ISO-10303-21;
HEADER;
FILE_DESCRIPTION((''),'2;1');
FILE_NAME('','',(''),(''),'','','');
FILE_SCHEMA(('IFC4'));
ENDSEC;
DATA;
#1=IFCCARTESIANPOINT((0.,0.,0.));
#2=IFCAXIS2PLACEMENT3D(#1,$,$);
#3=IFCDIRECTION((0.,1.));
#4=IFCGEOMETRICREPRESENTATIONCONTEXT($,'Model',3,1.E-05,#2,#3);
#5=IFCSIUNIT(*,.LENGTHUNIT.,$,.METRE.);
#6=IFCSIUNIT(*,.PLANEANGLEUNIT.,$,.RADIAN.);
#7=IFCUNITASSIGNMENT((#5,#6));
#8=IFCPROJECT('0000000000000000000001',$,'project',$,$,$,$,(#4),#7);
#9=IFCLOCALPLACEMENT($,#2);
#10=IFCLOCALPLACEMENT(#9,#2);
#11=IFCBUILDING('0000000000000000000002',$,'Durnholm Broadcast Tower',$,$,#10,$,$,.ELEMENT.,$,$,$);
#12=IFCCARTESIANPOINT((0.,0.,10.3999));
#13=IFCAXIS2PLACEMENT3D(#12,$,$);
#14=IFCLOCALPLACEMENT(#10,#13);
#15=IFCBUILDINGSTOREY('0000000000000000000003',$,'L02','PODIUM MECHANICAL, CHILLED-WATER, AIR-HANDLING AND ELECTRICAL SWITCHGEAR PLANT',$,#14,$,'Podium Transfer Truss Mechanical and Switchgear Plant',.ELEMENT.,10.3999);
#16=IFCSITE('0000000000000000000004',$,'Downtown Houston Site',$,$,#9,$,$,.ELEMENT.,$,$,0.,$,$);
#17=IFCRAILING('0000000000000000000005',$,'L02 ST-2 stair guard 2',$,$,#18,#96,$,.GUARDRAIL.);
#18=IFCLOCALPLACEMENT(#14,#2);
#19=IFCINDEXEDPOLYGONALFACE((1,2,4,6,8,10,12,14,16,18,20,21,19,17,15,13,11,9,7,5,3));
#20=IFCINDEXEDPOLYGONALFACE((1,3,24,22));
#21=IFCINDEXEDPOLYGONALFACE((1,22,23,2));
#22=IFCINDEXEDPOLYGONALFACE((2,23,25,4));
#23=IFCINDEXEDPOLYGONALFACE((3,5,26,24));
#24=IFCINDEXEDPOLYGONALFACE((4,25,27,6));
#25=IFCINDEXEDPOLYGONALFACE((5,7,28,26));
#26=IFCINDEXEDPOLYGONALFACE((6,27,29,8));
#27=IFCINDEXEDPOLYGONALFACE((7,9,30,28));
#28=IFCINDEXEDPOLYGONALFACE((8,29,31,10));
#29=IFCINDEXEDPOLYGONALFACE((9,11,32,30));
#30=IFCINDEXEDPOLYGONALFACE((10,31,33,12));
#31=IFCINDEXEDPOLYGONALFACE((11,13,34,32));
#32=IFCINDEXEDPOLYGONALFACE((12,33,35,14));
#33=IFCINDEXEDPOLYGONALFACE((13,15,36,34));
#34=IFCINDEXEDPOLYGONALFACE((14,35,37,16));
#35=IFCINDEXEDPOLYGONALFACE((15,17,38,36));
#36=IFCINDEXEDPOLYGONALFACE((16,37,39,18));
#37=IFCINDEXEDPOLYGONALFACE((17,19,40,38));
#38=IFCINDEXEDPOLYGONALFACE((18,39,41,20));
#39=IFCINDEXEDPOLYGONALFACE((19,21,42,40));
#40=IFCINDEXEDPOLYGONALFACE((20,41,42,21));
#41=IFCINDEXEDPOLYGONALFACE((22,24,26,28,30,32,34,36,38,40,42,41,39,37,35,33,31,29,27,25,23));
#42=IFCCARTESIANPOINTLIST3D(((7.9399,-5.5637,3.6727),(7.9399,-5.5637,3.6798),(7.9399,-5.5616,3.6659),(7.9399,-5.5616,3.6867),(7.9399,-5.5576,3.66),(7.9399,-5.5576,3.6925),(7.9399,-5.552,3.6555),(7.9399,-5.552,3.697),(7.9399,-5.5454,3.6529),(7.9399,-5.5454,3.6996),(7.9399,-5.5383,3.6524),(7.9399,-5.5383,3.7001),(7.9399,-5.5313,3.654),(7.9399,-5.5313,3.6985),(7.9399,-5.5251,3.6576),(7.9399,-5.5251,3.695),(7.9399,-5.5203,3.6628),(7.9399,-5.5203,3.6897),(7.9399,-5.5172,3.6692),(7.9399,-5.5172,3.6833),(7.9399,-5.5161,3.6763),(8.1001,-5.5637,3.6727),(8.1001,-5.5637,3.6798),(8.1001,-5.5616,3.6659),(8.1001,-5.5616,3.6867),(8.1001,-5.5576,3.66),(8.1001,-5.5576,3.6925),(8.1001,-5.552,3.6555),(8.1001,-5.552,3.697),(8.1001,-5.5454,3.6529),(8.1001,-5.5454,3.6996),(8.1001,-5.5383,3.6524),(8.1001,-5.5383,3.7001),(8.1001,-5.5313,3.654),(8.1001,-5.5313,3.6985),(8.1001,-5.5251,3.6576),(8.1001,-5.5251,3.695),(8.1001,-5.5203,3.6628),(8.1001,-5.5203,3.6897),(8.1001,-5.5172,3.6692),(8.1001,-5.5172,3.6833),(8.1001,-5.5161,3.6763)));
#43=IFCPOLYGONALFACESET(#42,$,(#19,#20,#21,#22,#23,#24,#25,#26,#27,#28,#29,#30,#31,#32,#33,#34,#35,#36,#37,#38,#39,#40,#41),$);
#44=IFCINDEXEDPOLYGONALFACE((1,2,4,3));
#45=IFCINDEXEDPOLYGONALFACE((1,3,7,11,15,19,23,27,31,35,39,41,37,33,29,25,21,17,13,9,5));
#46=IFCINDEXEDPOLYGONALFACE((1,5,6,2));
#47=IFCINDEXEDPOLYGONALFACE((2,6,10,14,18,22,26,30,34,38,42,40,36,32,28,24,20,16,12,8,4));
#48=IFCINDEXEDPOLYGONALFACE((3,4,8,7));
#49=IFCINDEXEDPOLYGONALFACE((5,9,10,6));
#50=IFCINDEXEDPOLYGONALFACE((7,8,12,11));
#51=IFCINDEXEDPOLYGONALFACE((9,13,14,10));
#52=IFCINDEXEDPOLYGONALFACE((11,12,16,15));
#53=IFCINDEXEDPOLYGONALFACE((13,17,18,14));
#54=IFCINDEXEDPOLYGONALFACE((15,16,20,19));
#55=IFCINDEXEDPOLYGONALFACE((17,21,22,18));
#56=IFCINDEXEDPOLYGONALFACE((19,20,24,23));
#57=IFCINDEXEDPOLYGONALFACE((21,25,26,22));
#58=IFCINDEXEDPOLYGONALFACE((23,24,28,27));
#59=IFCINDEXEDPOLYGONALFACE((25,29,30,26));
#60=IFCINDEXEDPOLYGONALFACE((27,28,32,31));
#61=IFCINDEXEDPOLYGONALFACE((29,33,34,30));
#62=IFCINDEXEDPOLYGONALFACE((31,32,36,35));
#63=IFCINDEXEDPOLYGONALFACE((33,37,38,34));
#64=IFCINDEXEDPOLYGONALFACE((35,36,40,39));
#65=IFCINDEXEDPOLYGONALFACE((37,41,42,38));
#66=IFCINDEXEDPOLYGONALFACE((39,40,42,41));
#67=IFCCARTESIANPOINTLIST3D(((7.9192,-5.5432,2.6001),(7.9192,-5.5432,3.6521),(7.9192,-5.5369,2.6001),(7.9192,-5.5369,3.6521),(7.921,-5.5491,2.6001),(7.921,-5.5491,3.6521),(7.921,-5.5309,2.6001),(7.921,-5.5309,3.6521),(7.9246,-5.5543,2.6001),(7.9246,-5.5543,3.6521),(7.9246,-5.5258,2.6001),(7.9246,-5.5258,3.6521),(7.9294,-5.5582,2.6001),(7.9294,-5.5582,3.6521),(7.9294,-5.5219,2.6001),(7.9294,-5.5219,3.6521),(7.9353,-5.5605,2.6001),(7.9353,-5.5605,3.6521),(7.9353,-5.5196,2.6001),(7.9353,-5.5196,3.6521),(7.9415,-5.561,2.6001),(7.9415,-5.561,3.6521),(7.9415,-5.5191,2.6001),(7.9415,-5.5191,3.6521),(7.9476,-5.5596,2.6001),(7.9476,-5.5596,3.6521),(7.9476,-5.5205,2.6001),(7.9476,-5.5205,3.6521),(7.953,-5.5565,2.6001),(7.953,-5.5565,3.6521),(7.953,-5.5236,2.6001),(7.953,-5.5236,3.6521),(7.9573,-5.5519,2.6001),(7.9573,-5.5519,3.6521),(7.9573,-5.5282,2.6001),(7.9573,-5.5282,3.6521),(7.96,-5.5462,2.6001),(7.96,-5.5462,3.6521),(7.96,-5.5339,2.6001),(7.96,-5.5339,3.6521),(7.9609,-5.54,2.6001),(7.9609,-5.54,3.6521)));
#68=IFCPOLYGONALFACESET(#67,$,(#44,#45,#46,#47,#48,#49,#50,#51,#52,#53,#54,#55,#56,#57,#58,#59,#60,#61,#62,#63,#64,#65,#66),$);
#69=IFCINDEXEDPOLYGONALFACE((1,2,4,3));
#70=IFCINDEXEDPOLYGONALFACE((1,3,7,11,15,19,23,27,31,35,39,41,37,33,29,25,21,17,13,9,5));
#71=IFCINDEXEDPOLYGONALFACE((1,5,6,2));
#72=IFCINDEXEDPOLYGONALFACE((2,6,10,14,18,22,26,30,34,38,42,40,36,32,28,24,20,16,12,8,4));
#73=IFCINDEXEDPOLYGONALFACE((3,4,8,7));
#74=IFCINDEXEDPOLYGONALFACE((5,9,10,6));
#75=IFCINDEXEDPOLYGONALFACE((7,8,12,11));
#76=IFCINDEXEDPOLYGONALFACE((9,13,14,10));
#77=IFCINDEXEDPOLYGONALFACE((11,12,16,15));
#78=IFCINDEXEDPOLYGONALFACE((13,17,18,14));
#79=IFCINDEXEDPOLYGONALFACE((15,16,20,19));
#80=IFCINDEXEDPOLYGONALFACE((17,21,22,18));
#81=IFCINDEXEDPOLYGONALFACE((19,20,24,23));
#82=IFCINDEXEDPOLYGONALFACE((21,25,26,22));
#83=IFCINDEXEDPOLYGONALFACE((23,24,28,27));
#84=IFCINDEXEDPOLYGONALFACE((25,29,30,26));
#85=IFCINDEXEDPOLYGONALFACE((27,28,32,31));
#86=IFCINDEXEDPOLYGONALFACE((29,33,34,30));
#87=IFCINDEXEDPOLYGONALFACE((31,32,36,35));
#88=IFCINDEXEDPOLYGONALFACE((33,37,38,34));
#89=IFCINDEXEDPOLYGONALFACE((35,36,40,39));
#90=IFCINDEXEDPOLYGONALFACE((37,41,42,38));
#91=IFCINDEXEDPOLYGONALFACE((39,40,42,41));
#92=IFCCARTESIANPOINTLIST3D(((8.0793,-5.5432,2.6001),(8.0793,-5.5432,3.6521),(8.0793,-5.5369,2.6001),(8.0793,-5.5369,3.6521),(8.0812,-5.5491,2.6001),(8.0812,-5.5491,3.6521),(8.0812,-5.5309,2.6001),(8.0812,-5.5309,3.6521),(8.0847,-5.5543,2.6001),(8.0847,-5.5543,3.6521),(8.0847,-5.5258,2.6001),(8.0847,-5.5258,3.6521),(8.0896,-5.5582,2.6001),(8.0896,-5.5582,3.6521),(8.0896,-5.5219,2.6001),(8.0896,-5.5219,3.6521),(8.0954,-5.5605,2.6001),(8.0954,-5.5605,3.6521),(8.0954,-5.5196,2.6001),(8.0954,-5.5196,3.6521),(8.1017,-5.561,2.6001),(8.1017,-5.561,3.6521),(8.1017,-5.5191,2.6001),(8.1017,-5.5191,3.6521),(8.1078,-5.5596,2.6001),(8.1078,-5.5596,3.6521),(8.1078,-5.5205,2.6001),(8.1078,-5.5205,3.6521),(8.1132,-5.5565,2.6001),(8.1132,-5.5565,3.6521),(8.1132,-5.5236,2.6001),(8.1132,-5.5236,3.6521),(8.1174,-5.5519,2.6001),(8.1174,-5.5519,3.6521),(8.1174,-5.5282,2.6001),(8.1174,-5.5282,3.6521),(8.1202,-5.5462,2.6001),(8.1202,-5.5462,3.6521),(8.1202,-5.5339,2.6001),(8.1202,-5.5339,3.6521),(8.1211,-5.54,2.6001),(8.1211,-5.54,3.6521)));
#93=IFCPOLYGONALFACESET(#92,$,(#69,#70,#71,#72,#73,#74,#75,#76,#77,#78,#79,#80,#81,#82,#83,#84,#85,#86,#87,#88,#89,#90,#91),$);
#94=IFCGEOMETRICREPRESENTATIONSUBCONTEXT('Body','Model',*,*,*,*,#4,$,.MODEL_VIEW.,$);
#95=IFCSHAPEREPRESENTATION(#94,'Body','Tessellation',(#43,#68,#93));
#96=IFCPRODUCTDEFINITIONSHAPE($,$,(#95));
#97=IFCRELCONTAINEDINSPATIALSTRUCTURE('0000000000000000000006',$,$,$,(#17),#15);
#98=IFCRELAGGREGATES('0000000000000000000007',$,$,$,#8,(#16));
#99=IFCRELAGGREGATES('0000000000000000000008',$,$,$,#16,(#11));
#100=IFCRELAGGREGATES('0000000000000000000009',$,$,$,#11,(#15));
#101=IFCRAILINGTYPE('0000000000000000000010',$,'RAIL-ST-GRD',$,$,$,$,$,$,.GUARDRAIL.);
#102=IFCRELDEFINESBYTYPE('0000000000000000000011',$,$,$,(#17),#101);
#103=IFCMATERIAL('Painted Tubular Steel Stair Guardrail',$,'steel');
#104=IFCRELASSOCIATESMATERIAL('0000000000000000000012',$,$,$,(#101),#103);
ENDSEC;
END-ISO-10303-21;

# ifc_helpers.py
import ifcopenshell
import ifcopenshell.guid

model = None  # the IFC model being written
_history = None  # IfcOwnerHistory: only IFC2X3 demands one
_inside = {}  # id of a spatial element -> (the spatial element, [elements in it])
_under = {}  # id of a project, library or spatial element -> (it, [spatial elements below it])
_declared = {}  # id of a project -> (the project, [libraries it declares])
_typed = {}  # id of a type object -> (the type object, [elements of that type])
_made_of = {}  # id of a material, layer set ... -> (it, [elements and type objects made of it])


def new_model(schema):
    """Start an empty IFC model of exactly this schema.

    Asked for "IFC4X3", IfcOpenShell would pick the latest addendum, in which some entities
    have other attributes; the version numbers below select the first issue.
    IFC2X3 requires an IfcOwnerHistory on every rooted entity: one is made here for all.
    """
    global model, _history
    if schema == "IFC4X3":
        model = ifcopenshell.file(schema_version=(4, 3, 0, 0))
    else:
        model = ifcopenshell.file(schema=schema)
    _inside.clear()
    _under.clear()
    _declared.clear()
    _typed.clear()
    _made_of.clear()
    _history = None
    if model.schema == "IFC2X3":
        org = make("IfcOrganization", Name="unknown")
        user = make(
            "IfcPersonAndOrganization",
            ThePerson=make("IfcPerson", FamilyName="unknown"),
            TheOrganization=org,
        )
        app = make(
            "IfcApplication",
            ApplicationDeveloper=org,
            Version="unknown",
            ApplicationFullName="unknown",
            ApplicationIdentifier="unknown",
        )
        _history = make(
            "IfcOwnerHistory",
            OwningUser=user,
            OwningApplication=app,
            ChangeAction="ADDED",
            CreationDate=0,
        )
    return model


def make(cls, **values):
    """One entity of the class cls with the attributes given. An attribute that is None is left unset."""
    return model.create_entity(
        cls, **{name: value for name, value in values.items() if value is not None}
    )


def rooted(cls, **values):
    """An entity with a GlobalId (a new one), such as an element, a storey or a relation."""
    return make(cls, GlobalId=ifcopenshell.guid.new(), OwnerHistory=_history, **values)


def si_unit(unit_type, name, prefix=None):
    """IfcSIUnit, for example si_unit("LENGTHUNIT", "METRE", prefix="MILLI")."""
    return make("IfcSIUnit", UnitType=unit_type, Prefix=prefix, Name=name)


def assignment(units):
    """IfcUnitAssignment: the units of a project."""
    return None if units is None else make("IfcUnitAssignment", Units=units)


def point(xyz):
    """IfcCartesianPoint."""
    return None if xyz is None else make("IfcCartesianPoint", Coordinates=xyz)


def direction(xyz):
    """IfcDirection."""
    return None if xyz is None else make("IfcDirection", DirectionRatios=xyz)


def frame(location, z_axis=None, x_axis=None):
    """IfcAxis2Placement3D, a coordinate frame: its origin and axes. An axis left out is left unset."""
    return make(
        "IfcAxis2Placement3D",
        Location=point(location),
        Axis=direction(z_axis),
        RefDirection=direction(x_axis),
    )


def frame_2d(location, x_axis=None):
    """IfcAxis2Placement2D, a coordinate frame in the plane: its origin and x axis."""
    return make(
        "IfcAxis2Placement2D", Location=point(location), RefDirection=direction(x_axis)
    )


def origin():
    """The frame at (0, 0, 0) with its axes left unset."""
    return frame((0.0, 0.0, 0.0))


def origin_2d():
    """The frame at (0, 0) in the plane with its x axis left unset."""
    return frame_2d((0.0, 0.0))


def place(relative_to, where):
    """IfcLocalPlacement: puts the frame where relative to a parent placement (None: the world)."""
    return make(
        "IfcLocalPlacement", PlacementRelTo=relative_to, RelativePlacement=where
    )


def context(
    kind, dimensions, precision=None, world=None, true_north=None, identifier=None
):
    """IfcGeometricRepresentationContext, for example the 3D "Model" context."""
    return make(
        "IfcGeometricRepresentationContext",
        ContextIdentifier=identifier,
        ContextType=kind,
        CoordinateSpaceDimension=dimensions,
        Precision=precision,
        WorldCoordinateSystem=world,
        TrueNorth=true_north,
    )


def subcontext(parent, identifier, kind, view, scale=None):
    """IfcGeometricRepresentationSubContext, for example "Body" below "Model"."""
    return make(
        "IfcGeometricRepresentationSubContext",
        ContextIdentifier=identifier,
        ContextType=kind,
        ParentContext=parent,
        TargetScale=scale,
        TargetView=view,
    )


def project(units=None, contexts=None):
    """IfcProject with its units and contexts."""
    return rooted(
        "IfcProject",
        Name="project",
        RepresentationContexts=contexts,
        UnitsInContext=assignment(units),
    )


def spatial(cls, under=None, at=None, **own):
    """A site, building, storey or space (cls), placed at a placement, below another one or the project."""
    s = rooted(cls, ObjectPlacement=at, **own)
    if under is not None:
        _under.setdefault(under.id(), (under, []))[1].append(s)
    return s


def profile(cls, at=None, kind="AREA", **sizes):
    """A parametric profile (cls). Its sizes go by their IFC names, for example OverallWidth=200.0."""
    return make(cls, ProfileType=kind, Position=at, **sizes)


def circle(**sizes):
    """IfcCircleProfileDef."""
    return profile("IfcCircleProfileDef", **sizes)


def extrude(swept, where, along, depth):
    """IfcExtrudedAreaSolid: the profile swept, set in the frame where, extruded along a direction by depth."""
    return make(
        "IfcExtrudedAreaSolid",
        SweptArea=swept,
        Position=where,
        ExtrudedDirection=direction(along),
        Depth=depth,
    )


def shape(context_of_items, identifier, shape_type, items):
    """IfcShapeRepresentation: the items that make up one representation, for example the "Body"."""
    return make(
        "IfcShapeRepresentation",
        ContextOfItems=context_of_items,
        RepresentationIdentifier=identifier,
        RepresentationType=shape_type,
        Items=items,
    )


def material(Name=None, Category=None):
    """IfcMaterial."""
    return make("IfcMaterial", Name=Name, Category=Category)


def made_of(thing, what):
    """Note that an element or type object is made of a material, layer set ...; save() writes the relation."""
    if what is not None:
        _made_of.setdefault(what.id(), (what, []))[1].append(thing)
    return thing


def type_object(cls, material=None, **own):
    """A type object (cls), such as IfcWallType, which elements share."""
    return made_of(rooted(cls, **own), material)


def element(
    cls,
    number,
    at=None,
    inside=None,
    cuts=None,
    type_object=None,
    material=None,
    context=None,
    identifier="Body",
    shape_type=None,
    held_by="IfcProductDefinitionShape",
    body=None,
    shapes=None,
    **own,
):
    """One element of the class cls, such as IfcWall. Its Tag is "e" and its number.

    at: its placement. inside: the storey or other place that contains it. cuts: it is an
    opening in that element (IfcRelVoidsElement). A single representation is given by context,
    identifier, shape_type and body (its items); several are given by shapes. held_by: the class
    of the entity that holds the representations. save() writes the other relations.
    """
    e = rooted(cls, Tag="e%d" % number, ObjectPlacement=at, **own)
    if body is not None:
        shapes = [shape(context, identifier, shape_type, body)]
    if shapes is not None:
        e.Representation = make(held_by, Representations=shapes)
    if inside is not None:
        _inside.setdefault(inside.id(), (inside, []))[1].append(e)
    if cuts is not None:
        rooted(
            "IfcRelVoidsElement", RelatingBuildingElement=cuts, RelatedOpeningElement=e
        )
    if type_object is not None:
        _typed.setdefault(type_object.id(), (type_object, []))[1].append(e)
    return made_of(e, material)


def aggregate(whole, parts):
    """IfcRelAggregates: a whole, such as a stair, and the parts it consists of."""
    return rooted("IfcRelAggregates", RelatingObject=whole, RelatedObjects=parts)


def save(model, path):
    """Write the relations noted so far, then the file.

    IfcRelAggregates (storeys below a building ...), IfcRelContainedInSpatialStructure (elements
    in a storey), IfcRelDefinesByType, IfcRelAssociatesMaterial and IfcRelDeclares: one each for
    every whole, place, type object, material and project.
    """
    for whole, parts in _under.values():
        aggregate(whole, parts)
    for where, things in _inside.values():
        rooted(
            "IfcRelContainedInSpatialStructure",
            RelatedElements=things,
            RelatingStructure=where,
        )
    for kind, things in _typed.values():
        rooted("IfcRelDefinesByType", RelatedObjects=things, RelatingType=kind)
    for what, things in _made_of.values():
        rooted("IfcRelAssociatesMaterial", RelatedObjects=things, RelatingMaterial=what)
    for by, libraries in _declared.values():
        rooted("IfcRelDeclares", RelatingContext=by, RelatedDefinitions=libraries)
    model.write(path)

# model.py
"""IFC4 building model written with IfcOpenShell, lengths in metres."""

from ifc_helpers import new_model, si_unit, direction, frame, origin, origin_2d, place, context, subcontext, project, spatial, circle, extrude, material, type_object, element, save


model = new_model("IFC4")

# Units and contexts
model_context = context("Model", 3, precision=1e-05, world=origin(), true_north=direction((0.0, 1.0)))
body_context = subcontext(model_context, "Body", "Model", "MODEL_VIEW")
ifc_project = project(units=[si_unit("LENGTHUNIT", "METRE"), si_unit("PLANEANGLEUNIT", "RADIAN")], contexts=[model_context])

# Site, building, storey
site_placement = place(None, origin())
site = spatial("IfcSite", under=ifc_project, at=site_placement, Name="Downtown Houston Site", CompositionType="ELEMENT", RefElevation=0.0)
building_placement = place(site_placement, origin())
building = spatial("IfcBuilding", under=site, at=building_placement, Name="Durnholm Broadcast Tower", CompositionType="ELEMENT")
storey_placement = place(building_placement, frame((0.0, 0.0, 10.3999)))
storey = spatial("IfcBuildingStorey", under=building, at=storey_placement, Name="L02", Description="PODIUM MECHANICAL, CHILLED-WATER, AIR-HANDLING AND ELECTRICAL SWITCHGEAR PLANT", LongName="Podium Transfer Truss Mechanical and Switchgear Plant", CompositionType="ELEMENT", Elevation=10.3999)

# Railing
ifc_material_1 = material(Name="Painted Tubular Steel Stair Guardrail", Category="steel")
railing_type_1 = type_object("IfcRailingType", Name="RAIL-ST-GRD", PredefinedType="GUARDRAIL", material=ifc_material_1)
railing_1_placement = place(storey_placement, frame((7.9399, -5.54, 2.6001)))
element("IfcRailing", 1, at=railing_1_placement, inside=storey, type_object=railing_type_1, Name="L02 ST-2 stair guard 2", PredefinedType="GUARDRAIL", context=body_context, shape_type="SweptSolid", body=[
    extrude(circle(Radius=0.0239, at=origin_2d()), frame((0.0, 0.0, 1.0762), z_axis=(1.0, 0.0, 0.0), x_axis=(0.0, 1.0, 0.0)), (0.0, 0.0, 1.0), 0.1602),
    extrude(circle(Radius=0.021, at=origin_2d()), origin(), (0.0, 0.0, 1.0), 1.052),
    extrude(circle(Radius=0.021, at=origin_2d()), frame((0.1602, 0.0, 0.0)), (0.0, 0.0, 1.0), 1.052),
])

save(model, "model.ifc")
